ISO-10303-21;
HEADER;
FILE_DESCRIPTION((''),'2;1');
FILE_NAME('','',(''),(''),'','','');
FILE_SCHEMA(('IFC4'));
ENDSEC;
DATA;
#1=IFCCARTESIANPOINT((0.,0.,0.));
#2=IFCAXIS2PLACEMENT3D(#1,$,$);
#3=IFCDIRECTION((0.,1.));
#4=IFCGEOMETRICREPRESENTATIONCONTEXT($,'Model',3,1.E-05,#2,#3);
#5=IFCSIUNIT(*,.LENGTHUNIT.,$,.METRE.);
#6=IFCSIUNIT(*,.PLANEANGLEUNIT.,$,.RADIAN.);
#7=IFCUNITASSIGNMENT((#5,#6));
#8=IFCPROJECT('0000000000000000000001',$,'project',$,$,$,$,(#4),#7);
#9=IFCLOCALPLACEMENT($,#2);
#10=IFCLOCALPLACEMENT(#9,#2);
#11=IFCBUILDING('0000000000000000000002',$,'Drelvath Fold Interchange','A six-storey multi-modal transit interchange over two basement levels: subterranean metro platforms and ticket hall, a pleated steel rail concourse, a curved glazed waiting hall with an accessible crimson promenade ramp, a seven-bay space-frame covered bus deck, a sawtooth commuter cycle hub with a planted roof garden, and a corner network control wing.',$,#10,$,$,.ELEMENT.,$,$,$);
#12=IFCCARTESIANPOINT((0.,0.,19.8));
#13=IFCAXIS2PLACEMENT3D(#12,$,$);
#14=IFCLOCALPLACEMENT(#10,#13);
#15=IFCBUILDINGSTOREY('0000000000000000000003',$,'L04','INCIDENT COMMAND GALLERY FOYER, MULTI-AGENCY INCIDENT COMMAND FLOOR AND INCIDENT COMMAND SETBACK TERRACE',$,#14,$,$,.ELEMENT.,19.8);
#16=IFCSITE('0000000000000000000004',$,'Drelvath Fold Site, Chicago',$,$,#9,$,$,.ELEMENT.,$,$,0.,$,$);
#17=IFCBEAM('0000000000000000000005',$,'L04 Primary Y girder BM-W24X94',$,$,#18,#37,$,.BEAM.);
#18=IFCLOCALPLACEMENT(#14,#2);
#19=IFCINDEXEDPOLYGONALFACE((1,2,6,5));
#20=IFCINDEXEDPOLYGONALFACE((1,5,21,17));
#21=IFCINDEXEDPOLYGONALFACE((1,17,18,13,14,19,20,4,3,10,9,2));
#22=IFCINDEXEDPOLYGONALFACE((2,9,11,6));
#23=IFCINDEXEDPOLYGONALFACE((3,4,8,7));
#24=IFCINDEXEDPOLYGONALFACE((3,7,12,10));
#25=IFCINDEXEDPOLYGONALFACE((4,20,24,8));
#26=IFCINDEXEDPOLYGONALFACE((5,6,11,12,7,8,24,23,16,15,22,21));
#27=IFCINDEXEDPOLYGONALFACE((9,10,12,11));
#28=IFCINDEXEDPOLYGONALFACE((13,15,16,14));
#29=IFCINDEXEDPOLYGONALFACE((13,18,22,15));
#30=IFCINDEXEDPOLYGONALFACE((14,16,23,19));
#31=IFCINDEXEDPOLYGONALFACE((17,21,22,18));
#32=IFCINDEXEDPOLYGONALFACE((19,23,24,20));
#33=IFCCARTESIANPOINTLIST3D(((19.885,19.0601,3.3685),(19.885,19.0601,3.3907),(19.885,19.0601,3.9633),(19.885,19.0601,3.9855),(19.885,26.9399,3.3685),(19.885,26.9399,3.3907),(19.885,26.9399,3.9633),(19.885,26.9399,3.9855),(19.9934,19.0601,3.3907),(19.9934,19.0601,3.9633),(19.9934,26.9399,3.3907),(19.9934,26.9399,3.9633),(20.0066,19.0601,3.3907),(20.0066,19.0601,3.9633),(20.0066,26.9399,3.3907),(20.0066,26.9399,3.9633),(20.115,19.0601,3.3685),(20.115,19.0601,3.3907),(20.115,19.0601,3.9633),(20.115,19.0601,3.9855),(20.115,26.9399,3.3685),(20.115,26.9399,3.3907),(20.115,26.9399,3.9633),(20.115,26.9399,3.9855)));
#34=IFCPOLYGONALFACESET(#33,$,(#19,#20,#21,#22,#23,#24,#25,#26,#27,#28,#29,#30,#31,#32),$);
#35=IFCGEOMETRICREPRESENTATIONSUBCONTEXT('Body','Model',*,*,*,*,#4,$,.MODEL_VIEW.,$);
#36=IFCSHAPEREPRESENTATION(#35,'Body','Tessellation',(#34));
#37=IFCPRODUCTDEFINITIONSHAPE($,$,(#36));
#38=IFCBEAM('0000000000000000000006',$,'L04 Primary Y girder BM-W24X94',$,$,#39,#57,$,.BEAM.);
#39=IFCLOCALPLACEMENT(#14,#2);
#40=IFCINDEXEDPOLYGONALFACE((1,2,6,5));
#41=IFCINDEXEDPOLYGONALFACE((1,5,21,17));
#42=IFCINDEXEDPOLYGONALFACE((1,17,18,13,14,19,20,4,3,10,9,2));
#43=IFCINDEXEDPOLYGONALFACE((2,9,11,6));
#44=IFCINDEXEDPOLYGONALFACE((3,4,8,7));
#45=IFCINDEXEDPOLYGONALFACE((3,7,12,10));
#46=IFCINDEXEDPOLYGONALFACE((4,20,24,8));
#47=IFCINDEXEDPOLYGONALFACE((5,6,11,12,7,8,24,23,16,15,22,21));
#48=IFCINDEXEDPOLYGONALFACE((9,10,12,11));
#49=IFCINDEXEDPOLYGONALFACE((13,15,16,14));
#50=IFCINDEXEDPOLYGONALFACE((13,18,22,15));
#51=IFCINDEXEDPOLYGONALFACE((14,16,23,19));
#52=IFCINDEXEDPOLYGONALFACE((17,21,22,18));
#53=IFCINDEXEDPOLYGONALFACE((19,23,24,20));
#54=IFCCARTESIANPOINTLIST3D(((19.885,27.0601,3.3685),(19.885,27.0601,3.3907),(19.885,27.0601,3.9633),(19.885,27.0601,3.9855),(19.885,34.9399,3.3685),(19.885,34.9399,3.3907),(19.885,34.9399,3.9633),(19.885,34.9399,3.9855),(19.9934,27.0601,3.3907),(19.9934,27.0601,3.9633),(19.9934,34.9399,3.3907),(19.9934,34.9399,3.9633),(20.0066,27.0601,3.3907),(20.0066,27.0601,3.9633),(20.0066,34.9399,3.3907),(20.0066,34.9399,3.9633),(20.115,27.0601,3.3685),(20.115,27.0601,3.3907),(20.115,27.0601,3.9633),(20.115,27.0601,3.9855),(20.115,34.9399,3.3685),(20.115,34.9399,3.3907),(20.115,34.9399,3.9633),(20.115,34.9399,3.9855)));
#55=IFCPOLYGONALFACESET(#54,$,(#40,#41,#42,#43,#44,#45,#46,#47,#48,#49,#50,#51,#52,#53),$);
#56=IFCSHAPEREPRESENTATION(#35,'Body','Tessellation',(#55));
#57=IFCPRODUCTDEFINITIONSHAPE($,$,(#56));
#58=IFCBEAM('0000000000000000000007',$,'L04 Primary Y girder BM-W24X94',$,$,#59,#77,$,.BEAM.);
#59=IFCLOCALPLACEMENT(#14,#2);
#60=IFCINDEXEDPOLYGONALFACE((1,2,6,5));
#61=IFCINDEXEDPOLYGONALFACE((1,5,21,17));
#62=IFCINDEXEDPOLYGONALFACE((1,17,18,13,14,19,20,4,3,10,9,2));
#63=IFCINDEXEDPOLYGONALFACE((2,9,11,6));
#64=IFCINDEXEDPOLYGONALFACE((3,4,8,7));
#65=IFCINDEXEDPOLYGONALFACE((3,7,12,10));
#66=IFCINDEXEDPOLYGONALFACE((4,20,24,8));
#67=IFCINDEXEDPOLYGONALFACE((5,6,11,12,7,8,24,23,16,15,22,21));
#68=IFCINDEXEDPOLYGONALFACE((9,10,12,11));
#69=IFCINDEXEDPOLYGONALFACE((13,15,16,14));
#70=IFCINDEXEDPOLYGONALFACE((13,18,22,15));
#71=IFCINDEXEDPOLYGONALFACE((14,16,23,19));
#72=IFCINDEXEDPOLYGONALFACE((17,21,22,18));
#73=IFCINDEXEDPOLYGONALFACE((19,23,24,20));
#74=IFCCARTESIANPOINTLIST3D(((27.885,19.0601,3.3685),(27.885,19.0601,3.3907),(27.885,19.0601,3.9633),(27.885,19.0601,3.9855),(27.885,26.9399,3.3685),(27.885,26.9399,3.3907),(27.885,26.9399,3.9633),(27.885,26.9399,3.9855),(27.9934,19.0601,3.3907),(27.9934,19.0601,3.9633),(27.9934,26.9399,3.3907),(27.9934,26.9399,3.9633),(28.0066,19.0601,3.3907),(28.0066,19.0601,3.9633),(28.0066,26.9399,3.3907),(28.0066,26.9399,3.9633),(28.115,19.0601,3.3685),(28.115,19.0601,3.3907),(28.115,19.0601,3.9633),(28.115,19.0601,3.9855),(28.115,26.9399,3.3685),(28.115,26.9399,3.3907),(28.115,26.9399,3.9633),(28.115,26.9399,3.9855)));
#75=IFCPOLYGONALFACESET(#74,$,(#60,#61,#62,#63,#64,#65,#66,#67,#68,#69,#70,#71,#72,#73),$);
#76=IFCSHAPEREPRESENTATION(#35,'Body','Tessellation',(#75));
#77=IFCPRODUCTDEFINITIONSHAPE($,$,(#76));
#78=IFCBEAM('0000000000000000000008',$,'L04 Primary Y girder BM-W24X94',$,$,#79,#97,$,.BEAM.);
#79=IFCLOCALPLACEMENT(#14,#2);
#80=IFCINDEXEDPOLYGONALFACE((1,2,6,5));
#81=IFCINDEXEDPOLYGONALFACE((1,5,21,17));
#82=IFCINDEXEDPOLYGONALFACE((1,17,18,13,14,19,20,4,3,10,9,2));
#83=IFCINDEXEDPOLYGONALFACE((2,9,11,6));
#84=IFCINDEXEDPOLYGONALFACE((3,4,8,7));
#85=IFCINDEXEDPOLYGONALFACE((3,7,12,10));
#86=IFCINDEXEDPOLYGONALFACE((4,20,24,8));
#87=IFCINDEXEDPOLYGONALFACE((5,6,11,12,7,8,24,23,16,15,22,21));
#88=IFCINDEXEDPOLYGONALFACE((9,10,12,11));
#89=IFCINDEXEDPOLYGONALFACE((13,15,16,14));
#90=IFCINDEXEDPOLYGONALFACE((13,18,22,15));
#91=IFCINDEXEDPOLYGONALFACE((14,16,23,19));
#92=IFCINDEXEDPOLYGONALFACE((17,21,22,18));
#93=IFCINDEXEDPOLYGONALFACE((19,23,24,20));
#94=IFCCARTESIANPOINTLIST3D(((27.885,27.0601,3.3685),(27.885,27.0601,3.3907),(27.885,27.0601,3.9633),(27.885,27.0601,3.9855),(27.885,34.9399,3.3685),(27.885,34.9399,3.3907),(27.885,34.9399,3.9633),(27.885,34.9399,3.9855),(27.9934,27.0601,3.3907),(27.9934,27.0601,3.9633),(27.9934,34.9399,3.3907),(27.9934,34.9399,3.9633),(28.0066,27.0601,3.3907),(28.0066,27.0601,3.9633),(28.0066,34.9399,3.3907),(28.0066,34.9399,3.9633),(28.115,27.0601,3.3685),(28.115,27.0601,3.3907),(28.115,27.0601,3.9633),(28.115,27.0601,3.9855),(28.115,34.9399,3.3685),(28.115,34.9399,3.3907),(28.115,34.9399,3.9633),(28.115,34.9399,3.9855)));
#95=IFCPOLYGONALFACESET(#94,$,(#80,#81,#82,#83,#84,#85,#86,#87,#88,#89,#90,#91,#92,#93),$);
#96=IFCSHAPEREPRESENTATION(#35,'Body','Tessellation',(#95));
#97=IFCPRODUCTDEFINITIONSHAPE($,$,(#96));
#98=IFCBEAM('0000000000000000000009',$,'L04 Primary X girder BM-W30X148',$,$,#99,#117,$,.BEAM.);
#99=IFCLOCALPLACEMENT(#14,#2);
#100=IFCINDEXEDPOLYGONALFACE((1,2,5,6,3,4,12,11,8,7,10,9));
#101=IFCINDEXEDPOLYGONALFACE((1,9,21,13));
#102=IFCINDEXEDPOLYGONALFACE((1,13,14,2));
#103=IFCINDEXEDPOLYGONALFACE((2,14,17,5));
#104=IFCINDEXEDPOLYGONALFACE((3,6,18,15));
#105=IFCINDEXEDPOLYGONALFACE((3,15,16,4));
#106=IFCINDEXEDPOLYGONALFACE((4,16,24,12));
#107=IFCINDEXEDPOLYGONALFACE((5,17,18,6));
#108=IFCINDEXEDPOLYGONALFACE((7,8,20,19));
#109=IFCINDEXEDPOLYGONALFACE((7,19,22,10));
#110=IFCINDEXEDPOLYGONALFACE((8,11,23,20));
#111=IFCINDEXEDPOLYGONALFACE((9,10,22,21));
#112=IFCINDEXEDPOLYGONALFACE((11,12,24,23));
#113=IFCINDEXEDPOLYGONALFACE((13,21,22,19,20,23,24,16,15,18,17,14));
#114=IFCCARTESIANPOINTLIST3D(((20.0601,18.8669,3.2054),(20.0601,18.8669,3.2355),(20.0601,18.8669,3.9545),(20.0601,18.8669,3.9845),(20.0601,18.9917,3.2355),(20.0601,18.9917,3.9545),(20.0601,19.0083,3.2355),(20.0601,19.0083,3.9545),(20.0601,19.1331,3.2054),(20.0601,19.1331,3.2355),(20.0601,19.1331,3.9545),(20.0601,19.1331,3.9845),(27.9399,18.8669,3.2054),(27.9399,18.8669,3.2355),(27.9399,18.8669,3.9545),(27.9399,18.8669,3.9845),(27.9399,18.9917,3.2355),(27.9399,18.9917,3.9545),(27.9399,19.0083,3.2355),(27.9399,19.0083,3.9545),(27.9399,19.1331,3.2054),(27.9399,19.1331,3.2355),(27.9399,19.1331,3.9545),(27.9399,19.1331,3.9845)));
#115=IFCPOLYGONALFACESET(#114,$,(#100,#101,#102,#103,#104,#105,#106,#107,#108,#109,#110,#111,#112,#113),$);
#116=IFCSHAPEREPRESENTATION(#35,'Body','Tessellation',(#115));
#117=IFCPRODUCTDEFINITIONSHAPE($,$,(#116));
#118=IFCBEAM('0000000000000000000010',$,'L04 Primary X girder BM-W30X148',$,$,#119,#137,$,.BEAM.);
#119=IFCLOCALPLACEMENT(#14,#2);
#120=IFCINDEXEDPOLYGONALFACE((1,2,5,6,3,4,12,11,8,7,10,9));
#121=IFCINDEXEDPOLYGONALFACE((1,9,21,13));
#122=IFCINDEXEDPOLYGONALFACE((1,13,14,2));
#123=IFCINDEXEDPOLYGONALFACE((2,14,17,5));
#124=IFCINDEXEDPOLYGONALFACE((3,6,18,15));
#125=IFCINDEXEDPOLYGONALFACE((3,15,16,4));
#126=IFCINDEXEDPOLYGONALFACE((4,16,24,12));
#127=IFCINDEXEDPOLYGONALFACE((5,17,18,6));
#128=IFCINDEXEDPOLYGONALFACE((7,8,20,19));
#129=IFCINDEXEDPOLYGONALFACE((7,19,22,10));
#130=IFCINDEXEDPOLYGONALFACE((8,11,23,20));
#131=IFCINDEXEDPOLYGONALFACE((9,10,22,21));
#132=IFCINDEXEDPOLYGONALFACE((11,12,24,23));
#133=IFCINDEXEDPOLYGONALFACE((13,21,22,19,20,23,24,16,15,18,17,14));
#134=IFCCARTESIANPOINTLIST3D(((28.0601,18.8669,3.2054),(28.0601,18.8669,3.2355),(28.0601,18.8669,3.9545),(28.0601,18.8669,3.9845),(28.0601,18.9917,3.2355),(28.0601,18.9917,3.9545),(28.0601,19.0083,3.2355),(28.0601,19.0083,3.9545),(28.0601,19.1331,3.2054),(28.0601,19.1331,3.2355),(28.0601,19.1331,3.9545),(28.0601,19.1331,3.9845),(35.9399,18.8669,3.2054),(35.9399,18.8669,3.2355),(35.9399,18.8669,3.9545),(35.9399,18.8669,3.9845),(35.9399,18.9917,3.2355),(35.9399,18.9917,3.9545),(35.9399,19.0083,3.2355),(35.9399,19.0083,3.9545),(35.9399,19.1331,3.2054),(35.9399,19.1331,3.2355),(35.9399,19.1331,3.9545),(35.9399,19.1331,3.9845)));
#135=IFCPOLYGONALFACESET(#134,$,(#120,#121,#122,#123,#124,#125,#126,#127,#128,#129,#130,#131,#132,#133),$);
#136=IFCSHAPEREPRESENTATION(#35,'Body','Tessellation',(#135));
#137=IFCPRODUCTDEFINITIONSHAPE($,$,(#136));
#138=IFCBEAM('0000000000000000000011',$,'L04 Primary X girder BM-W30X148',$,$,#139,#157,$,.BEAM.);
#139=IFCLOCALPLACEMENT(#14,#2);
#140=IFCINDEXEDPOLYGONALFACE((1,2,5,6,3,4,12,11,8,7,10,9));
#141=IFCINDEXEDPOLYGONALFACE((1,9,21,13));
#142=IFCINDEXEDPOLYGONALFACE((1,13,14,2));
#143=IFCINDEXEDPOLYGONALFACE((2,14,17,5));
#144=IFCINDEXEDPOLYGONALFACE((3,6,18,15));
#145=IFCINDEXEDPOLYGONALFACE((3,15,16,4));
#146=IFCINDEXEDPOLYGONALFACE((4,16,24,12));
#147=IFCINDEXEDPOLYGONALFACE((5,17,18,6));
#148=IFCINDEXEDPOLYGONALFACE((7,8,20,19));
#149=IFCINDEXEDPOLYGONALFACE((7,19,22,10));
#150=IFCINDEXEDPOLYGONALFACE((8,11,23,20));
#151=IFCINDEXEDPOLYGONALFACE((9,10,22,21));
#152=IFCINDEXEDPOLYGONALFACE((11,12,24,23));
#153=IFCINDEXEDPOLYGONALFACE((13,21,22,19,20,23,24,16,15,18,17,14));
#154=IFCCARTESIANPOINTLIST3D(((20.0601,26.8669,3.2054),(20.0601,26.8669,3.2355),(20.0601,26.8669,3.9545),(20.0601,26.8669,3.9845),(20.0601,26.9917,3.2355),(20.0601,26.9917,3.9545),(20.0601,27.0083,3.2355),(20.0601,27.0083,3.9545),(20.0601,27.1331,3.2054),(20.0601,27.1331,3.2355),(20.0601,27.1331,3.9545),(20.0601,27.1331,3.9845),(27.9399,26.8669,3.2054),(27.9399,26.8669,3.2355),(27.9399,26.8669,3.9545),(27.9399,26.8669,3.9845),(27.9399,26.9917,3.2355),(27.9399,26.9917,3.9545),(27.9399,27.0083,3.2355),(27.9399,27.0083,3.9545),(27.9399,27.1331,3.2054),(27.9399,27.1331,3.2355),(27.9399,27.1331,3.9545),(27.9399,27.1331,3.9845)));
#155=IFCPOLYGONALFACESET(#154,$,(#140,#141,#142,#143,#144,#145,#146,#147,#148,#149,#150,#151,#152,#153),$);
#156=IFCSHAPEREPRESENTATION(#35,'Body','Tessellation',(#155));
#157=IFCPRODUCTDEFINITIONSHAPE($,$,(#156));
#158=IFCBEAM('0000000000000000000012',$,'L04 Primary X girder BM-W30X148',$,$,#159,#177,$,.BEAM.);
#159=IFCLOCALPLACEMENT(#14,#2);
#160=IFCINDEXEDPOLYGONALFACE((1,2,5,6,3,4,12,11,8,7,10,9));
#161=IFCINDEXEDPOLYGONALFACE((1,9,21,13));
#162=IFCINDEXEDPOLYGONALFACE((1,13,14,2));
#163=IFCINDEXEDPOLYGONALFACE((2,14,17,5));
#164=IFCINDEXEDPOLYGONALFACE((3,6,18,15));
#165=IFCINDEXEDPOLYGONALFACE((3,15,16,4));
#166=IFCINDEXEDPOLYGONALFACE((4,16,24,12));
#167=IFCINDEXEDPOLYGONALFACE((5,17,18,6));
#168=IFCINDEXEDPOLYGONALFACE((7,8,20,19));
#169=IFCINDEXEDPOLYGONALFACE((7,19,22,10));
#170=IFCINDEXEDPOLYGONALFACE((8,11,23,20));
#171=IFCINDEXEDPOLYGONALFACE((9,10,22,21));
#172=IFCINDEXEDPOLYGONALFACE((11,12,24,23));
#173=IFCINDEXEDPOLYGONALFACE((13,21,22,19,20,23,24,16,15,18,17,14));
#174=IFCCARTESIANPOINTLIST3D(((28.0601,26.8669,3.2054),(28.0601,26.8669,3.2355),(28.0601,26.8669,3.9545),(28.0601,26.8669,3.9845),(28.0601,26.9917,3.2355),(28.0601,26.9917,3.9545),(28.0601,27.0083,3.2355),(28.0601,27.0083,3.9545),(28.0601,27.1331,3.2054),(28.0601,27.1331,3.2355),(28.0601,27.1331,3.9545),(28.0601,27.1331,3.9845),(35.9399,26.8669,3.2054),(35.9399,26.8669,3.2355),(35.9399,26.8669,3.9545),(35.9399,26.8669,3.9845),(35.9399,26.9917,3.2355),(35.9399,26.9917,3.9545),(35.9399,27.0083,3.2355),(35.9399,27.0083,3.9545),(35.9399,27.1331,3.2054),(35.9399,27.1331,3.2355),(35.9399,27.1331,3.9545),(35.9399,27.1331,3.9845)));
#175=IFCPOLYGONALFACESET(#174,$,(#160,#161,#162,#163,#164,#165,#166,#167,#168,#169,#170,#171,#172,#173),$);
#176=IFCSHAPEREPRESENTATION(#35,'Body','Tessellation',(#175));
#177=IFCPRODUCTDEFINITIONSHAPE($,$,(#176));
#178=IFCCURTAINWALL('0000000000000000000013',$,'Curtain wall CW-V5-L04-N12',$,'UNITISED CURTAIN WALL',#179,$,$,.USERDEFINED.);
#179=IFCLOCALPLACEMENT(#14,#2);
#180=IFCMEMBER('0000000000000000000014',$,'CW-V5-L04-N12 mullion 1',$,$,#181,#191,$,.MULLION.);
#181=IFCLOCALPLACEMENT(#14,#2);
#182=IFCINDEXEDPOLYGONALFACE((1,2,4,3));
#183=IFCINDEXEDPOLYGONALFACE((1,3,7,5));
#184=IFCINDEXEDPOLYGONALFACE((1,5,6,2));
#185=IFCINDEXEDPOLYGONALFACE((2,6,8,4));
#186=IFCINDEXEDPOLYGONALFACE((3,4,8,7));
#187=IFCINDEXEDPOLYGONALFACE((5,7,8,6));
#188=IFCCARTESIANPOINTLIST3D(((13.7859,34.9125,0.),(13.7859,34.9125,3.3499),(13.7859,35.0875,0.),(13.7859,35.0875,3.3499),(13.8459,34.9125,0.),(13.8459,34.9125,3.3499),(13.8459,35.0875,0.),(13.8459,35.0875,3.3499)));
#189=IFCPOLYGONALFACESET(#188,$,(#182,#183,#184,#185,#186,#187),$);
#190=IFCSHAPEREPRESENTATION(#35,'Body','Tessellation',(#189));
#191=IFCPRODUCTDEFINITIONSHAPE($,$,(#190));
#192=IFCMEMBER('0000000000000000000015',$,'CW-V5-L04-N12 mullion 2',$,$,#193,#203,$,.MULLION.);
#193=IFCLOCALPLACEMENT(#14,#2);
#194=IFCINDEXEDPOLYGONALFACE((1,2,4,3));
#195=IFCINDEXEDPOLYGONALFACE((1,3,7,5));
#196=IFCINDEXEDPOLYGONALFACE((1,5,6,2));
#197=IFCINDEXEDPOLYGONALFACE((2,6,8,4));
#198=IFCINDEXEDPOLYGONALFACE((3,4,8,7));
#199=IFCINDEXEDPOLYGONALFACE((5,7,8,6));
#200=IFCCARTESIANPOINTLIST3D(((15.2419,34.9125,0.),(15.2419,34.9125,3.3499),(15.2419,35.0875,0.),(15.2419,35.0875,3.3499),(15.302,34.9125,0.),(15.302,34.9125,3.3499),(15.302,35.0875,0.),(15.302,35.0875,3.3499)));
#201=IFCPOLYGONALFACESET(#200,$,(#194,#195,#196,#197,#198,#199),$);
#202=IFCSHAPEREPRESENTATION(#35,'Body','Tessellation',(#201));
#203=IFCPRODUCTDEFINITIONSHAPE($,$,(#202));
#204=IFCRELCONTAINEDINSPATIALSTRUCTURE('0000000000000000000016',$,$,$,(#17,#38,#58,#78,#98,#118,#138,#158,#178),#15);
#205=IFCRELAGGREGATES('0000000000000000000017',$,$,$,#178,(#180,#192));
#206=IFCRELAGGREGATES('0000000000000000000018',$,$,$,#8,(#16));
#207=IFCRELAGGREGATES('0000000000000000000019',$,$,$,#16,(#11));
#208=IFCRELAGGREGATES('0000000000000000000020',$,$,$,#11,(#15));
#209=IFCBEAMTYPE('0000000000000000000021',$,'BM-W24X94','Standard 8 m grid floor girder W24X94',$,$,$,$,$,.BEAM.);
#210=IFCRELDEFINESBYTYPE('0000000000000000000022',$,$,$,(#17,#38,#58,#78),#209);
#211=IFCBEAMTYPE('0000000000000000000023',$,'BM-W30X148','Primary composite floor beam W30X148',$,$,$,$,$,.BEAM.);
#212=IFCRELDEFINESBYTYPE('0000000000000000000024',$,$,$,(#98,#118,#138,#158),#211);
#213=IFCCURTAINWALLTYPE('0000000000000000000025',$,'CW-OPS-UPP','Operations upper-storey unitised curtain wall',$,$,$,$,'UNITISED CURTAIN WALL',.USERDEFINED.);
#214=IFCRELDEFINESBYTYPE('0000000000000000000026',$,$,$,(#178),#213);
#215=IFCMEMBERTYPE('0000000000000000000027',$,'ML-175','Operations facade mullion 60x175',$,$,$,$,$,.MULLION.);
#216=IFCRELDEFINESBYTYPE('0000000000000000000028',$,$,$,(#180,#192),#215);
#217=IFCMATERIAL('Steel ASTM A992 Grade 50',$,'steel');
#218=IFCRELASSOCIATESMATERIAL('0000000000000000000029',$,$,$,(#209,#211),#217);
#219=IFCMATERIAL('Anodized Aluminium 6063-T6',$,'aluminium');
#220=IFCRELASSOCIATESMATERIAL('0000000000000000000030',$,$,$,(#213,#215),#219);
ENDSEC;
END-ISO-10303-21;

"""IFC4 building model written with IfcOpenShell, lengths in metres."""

from ifc_helpers import new_model, si_unit, direction, frame, origin, origin_2d, place, context, subcontext, project, spatial, rectangle, i_section, extrude, material, material_profile, profile_set, type_object, element, aggregate, save


model = new_model("IFC4")

# Units and contexts
model_context = context("Model", 3, precision=1e-05, world=origin(), true_north=direction((0.0, 1.0)))
body_context = subcontext(model_context, "Body", "Model", "MODEL_VIEW")
ifc_project = project(units=[si_unit("LENGTHUNIT", "METRE"), si_unit("PLANEANGLEUNIT", "RADIAN")], contexts=[model_context])

# Site, building, storey
site_placement = place(None, origin())
site = spatial("IfcSite", under=ifc_project, at=site_placement, Name="Drelvath Fold Site, Chicago", CompositionType="ELEMENT", RefElevation=0.0)
building_placement = place(site_placement, origin())
building = spatial("IfcBuilding", under=site, at=building_placement, Name="Drelvath Fold Interchange", Description="A six-storey multi-modal transit interchange over two basement levels: subterranean metro platforms and ticket hall, a pleated steel rail concourse, a curved glazed waiting hall with an accessible crimson promenade ramp, a seven-bay space-frame covered bus deck, a sawtooth commuter cycle hub with a planted roof garden, and a corner network control wing.", CompositionType="ELEMENT")
storey_placement = place(building_placement, frame((0.0, 0.0, 19.8)))
storey = spatial("IfcBuildingStorey", under=building, at=storey_placement, Name="L04", Description="INCIDENT COMMAND GALLERY FOYER, MULTI-AGENCY INCIDENT COMMAND FLOOR AND INCIDENT COMMAND SETBACK TERRACE", CompositionType="ELEMENT", Elevation=19.8)

# Shared definitions
ifc_material_1 = material(Name="Steel ASTM A992 Grade 50", Category="steel")

# Beams
ifc_material_profile_1 = material_profile(ifc_material_1, i_section(OverallWidth=0.23, OverallDepth=0.6169, WebThickness=0.0132, FlangeThickness=0.0222, at=origin_2d()), Name="W24X94")
ifc_profile_set_1 = profile_set([ifc_material_profile_1], Name="Steel ASTM A992 Grade 50")
beam_type_1 = type_object("IfcBeamType", Name="BM-W24X94", Description="Standard 8 m grid floor girder W24X94", PredefinedType="BEAM", material=ifc_profile_set_1)
for number, where, z_axis, x_axis, name in (
    (1, (20.0, 19.0601, 3.677), (0.0, 1.0, 0.0), (-1.0, 0.0, 0.0), "L04 Primary Y girder BM-W24X94"),
    (2, (20.0, 27.0601, 3.677), (0.0, 1.0, 0.0), (-1.0, 0.0, 0.0), "L04 Primary Y girder BM-W24X94"),
    (3, (28.0, 19.0601, 3.677), (0.0, 1.0, 0.0), (-1.0, 0.0, 0.0), "L04 Primary Y girder BM-W24X94"),
    (4, (28.0, 27.0601, 3.677), (0.0, 1.0, 0.0), (-1.0, 0.0, 0.0), "L04 Primary Y girder BM-W24X94"),
):
    element("IfcBeam", number, at=place(storey_placement, frame(where, z_axis=z_axis, x_axis=x_axis)), inside=storey, type_object=beam_type_1, Name=name, PredefinedType="BEAM", context=body_context, shape_type="SweptSolid", body=[
        extrude(i_section(OverallWidth=0.23, OverallDepth=0.6169, WebThickness=0.0132, FlangeThickness=0.0222, at=origin_2d()), origin(), (0.0, 0.0, 1.0), 7.8799),
    ])
ifc_material_profile_2 = material_profile(ifc_material_1, i_section(OverallWidth=0.2661, OverallDepth=0.7791, WebThickness=0.0166, FlangeThickness=0.03, at=origin_2d()), Name="W30X148")
ifc_profile_set_2 = profile_set([ifc_material_profile_2], Name="Steel ASTM A992 Grade 50")
beam_type_2 = type_object("IfcBeamType", Name="BM-W30X148", Description="Primary composite floor beam W30X148", PredefinedType="BEAM", material=ifc_profile_set_2)
for number, where, z_axis, x_axis, name in (
    (5, (20.0601, 19.0, 3.595), (1.0, 0.0, 0.0), (0.0, 1.0, 0.0), "L04 Primary X girder BM-W30X148"),
    (6, (28.0601, 19.0, 3.595), (1.0, 0.0, 0.0), (0.0, 1.0, 0.0), "L04 Primary X girder BM-W30X148"),
    (7, (20.0601, 27.0, 3.595), (1.0, 0.0, 0.0), (0.0, 1.0, 0.0), "L04 Primary X girder BM-W30X148"),
    (8, (28.0601, 27.0, 3.595), (1.0, 0.0, 0.0), (0.0, 1.0, 0.0), "L04 Primary X girder BM-W30X148"),
):
    element("IfcBeam", number, at=place(storey_placement, frame(where, z_axis=z_axis, x_axis=x_axis)), inside=storey, type_object=beam_type_2, Name=name, PredefinedType="BEAM", context=body_context, shape_type="SweptSolid", body=[
        extrude(i_section(OverallWidth=0.2661, OverallDepth=0.7791, WebThickness=0.0166, FlangeThickness=0.03, at=origin_2d()), origin(), (0.0, 0.0, 1.0), 7.8799),
    ])

# Curtain wall, members
ifc_material_2 = material(Name="Anodized Aluminium 6063-T6", Category="aluminium")
curtain_wall_type = type_object("IfcCurtainWallType", Name="CW-OPS-UPP", Description="Operations upper-storey unitised curtain wall", ElementType="UNITISED CURTAIN WALL", PredefinedType="USERDEFINED", material=ifc_material_2)
curtain_wall_placement = place(storey_placement, origin())
curtain_wall = element("IfcCurtainWall", 9, at=curtain_wall_placement, inside=storey, type_object=curtain_wall_type, Name="Curtain wall CW-V5-L04-N12", ObjectType="UNITISED CURTAIN WALL", PredefinedType="USERDEFINED")
ifc_material_profile_3 = material_profile(ifc_material_2, rectangle(XDim=0.0601, YDim=0.175, at=origin_2d()), Name="AL-M 60x175")
ifc_profile_set_3 = profile_set([ifc_material_profile_3], Name="Anodized Aluminium 6063-T6")
member_type = type_object("IfcMemberType", Name="ML-175", Description="Operations facade mullion 60x175", PredefinedType="MULLION", material=ifc_profile_set_3)
member_1_placement = place(storey_placement, frame((13.8159, 35.0, 0.0), z_axis=(0.0, 0.0, 1.0), x_axis=(1.0, 0.0, 0.0)))
member_1 = element("IfcMember", 10, at=member_1_placement, type_object=member_type, Name="CW-V5-L04-N12 mullion 1", PredefinedType="MULLION", context=body_context, shape_type="SweptSolid", body=[
    extrude(rectangle(XDim=0.0601, YDim=0.175, at=origin_2d()), origin(), (0.0, 0.0, 1.0), 3.3499),
])
member_2_placement = place(storey_placement, frame((15.272, 35.0, 0.0), z_axis=(0.0, 0.0, 1.0), x_axis=(1.0, 0.0, 0.0)))
member_2 = element("IfcMember", 11, at=member_2_placement, type_object=member_type, Name="CW-V5-L04-N12 mullion 2", PredefinedType="MULLION", context=body_context, shape_type="SweptSolid", body=[
    extrude(rectangle(XDim=0.0601, YDim=0.175, at=origin_2d()), origin(), (0.0, 0.0, 1.0), 3.3499),
])
aggregate(curtain_wall, [member_1, member_2])

save(model, "model.ifc")
